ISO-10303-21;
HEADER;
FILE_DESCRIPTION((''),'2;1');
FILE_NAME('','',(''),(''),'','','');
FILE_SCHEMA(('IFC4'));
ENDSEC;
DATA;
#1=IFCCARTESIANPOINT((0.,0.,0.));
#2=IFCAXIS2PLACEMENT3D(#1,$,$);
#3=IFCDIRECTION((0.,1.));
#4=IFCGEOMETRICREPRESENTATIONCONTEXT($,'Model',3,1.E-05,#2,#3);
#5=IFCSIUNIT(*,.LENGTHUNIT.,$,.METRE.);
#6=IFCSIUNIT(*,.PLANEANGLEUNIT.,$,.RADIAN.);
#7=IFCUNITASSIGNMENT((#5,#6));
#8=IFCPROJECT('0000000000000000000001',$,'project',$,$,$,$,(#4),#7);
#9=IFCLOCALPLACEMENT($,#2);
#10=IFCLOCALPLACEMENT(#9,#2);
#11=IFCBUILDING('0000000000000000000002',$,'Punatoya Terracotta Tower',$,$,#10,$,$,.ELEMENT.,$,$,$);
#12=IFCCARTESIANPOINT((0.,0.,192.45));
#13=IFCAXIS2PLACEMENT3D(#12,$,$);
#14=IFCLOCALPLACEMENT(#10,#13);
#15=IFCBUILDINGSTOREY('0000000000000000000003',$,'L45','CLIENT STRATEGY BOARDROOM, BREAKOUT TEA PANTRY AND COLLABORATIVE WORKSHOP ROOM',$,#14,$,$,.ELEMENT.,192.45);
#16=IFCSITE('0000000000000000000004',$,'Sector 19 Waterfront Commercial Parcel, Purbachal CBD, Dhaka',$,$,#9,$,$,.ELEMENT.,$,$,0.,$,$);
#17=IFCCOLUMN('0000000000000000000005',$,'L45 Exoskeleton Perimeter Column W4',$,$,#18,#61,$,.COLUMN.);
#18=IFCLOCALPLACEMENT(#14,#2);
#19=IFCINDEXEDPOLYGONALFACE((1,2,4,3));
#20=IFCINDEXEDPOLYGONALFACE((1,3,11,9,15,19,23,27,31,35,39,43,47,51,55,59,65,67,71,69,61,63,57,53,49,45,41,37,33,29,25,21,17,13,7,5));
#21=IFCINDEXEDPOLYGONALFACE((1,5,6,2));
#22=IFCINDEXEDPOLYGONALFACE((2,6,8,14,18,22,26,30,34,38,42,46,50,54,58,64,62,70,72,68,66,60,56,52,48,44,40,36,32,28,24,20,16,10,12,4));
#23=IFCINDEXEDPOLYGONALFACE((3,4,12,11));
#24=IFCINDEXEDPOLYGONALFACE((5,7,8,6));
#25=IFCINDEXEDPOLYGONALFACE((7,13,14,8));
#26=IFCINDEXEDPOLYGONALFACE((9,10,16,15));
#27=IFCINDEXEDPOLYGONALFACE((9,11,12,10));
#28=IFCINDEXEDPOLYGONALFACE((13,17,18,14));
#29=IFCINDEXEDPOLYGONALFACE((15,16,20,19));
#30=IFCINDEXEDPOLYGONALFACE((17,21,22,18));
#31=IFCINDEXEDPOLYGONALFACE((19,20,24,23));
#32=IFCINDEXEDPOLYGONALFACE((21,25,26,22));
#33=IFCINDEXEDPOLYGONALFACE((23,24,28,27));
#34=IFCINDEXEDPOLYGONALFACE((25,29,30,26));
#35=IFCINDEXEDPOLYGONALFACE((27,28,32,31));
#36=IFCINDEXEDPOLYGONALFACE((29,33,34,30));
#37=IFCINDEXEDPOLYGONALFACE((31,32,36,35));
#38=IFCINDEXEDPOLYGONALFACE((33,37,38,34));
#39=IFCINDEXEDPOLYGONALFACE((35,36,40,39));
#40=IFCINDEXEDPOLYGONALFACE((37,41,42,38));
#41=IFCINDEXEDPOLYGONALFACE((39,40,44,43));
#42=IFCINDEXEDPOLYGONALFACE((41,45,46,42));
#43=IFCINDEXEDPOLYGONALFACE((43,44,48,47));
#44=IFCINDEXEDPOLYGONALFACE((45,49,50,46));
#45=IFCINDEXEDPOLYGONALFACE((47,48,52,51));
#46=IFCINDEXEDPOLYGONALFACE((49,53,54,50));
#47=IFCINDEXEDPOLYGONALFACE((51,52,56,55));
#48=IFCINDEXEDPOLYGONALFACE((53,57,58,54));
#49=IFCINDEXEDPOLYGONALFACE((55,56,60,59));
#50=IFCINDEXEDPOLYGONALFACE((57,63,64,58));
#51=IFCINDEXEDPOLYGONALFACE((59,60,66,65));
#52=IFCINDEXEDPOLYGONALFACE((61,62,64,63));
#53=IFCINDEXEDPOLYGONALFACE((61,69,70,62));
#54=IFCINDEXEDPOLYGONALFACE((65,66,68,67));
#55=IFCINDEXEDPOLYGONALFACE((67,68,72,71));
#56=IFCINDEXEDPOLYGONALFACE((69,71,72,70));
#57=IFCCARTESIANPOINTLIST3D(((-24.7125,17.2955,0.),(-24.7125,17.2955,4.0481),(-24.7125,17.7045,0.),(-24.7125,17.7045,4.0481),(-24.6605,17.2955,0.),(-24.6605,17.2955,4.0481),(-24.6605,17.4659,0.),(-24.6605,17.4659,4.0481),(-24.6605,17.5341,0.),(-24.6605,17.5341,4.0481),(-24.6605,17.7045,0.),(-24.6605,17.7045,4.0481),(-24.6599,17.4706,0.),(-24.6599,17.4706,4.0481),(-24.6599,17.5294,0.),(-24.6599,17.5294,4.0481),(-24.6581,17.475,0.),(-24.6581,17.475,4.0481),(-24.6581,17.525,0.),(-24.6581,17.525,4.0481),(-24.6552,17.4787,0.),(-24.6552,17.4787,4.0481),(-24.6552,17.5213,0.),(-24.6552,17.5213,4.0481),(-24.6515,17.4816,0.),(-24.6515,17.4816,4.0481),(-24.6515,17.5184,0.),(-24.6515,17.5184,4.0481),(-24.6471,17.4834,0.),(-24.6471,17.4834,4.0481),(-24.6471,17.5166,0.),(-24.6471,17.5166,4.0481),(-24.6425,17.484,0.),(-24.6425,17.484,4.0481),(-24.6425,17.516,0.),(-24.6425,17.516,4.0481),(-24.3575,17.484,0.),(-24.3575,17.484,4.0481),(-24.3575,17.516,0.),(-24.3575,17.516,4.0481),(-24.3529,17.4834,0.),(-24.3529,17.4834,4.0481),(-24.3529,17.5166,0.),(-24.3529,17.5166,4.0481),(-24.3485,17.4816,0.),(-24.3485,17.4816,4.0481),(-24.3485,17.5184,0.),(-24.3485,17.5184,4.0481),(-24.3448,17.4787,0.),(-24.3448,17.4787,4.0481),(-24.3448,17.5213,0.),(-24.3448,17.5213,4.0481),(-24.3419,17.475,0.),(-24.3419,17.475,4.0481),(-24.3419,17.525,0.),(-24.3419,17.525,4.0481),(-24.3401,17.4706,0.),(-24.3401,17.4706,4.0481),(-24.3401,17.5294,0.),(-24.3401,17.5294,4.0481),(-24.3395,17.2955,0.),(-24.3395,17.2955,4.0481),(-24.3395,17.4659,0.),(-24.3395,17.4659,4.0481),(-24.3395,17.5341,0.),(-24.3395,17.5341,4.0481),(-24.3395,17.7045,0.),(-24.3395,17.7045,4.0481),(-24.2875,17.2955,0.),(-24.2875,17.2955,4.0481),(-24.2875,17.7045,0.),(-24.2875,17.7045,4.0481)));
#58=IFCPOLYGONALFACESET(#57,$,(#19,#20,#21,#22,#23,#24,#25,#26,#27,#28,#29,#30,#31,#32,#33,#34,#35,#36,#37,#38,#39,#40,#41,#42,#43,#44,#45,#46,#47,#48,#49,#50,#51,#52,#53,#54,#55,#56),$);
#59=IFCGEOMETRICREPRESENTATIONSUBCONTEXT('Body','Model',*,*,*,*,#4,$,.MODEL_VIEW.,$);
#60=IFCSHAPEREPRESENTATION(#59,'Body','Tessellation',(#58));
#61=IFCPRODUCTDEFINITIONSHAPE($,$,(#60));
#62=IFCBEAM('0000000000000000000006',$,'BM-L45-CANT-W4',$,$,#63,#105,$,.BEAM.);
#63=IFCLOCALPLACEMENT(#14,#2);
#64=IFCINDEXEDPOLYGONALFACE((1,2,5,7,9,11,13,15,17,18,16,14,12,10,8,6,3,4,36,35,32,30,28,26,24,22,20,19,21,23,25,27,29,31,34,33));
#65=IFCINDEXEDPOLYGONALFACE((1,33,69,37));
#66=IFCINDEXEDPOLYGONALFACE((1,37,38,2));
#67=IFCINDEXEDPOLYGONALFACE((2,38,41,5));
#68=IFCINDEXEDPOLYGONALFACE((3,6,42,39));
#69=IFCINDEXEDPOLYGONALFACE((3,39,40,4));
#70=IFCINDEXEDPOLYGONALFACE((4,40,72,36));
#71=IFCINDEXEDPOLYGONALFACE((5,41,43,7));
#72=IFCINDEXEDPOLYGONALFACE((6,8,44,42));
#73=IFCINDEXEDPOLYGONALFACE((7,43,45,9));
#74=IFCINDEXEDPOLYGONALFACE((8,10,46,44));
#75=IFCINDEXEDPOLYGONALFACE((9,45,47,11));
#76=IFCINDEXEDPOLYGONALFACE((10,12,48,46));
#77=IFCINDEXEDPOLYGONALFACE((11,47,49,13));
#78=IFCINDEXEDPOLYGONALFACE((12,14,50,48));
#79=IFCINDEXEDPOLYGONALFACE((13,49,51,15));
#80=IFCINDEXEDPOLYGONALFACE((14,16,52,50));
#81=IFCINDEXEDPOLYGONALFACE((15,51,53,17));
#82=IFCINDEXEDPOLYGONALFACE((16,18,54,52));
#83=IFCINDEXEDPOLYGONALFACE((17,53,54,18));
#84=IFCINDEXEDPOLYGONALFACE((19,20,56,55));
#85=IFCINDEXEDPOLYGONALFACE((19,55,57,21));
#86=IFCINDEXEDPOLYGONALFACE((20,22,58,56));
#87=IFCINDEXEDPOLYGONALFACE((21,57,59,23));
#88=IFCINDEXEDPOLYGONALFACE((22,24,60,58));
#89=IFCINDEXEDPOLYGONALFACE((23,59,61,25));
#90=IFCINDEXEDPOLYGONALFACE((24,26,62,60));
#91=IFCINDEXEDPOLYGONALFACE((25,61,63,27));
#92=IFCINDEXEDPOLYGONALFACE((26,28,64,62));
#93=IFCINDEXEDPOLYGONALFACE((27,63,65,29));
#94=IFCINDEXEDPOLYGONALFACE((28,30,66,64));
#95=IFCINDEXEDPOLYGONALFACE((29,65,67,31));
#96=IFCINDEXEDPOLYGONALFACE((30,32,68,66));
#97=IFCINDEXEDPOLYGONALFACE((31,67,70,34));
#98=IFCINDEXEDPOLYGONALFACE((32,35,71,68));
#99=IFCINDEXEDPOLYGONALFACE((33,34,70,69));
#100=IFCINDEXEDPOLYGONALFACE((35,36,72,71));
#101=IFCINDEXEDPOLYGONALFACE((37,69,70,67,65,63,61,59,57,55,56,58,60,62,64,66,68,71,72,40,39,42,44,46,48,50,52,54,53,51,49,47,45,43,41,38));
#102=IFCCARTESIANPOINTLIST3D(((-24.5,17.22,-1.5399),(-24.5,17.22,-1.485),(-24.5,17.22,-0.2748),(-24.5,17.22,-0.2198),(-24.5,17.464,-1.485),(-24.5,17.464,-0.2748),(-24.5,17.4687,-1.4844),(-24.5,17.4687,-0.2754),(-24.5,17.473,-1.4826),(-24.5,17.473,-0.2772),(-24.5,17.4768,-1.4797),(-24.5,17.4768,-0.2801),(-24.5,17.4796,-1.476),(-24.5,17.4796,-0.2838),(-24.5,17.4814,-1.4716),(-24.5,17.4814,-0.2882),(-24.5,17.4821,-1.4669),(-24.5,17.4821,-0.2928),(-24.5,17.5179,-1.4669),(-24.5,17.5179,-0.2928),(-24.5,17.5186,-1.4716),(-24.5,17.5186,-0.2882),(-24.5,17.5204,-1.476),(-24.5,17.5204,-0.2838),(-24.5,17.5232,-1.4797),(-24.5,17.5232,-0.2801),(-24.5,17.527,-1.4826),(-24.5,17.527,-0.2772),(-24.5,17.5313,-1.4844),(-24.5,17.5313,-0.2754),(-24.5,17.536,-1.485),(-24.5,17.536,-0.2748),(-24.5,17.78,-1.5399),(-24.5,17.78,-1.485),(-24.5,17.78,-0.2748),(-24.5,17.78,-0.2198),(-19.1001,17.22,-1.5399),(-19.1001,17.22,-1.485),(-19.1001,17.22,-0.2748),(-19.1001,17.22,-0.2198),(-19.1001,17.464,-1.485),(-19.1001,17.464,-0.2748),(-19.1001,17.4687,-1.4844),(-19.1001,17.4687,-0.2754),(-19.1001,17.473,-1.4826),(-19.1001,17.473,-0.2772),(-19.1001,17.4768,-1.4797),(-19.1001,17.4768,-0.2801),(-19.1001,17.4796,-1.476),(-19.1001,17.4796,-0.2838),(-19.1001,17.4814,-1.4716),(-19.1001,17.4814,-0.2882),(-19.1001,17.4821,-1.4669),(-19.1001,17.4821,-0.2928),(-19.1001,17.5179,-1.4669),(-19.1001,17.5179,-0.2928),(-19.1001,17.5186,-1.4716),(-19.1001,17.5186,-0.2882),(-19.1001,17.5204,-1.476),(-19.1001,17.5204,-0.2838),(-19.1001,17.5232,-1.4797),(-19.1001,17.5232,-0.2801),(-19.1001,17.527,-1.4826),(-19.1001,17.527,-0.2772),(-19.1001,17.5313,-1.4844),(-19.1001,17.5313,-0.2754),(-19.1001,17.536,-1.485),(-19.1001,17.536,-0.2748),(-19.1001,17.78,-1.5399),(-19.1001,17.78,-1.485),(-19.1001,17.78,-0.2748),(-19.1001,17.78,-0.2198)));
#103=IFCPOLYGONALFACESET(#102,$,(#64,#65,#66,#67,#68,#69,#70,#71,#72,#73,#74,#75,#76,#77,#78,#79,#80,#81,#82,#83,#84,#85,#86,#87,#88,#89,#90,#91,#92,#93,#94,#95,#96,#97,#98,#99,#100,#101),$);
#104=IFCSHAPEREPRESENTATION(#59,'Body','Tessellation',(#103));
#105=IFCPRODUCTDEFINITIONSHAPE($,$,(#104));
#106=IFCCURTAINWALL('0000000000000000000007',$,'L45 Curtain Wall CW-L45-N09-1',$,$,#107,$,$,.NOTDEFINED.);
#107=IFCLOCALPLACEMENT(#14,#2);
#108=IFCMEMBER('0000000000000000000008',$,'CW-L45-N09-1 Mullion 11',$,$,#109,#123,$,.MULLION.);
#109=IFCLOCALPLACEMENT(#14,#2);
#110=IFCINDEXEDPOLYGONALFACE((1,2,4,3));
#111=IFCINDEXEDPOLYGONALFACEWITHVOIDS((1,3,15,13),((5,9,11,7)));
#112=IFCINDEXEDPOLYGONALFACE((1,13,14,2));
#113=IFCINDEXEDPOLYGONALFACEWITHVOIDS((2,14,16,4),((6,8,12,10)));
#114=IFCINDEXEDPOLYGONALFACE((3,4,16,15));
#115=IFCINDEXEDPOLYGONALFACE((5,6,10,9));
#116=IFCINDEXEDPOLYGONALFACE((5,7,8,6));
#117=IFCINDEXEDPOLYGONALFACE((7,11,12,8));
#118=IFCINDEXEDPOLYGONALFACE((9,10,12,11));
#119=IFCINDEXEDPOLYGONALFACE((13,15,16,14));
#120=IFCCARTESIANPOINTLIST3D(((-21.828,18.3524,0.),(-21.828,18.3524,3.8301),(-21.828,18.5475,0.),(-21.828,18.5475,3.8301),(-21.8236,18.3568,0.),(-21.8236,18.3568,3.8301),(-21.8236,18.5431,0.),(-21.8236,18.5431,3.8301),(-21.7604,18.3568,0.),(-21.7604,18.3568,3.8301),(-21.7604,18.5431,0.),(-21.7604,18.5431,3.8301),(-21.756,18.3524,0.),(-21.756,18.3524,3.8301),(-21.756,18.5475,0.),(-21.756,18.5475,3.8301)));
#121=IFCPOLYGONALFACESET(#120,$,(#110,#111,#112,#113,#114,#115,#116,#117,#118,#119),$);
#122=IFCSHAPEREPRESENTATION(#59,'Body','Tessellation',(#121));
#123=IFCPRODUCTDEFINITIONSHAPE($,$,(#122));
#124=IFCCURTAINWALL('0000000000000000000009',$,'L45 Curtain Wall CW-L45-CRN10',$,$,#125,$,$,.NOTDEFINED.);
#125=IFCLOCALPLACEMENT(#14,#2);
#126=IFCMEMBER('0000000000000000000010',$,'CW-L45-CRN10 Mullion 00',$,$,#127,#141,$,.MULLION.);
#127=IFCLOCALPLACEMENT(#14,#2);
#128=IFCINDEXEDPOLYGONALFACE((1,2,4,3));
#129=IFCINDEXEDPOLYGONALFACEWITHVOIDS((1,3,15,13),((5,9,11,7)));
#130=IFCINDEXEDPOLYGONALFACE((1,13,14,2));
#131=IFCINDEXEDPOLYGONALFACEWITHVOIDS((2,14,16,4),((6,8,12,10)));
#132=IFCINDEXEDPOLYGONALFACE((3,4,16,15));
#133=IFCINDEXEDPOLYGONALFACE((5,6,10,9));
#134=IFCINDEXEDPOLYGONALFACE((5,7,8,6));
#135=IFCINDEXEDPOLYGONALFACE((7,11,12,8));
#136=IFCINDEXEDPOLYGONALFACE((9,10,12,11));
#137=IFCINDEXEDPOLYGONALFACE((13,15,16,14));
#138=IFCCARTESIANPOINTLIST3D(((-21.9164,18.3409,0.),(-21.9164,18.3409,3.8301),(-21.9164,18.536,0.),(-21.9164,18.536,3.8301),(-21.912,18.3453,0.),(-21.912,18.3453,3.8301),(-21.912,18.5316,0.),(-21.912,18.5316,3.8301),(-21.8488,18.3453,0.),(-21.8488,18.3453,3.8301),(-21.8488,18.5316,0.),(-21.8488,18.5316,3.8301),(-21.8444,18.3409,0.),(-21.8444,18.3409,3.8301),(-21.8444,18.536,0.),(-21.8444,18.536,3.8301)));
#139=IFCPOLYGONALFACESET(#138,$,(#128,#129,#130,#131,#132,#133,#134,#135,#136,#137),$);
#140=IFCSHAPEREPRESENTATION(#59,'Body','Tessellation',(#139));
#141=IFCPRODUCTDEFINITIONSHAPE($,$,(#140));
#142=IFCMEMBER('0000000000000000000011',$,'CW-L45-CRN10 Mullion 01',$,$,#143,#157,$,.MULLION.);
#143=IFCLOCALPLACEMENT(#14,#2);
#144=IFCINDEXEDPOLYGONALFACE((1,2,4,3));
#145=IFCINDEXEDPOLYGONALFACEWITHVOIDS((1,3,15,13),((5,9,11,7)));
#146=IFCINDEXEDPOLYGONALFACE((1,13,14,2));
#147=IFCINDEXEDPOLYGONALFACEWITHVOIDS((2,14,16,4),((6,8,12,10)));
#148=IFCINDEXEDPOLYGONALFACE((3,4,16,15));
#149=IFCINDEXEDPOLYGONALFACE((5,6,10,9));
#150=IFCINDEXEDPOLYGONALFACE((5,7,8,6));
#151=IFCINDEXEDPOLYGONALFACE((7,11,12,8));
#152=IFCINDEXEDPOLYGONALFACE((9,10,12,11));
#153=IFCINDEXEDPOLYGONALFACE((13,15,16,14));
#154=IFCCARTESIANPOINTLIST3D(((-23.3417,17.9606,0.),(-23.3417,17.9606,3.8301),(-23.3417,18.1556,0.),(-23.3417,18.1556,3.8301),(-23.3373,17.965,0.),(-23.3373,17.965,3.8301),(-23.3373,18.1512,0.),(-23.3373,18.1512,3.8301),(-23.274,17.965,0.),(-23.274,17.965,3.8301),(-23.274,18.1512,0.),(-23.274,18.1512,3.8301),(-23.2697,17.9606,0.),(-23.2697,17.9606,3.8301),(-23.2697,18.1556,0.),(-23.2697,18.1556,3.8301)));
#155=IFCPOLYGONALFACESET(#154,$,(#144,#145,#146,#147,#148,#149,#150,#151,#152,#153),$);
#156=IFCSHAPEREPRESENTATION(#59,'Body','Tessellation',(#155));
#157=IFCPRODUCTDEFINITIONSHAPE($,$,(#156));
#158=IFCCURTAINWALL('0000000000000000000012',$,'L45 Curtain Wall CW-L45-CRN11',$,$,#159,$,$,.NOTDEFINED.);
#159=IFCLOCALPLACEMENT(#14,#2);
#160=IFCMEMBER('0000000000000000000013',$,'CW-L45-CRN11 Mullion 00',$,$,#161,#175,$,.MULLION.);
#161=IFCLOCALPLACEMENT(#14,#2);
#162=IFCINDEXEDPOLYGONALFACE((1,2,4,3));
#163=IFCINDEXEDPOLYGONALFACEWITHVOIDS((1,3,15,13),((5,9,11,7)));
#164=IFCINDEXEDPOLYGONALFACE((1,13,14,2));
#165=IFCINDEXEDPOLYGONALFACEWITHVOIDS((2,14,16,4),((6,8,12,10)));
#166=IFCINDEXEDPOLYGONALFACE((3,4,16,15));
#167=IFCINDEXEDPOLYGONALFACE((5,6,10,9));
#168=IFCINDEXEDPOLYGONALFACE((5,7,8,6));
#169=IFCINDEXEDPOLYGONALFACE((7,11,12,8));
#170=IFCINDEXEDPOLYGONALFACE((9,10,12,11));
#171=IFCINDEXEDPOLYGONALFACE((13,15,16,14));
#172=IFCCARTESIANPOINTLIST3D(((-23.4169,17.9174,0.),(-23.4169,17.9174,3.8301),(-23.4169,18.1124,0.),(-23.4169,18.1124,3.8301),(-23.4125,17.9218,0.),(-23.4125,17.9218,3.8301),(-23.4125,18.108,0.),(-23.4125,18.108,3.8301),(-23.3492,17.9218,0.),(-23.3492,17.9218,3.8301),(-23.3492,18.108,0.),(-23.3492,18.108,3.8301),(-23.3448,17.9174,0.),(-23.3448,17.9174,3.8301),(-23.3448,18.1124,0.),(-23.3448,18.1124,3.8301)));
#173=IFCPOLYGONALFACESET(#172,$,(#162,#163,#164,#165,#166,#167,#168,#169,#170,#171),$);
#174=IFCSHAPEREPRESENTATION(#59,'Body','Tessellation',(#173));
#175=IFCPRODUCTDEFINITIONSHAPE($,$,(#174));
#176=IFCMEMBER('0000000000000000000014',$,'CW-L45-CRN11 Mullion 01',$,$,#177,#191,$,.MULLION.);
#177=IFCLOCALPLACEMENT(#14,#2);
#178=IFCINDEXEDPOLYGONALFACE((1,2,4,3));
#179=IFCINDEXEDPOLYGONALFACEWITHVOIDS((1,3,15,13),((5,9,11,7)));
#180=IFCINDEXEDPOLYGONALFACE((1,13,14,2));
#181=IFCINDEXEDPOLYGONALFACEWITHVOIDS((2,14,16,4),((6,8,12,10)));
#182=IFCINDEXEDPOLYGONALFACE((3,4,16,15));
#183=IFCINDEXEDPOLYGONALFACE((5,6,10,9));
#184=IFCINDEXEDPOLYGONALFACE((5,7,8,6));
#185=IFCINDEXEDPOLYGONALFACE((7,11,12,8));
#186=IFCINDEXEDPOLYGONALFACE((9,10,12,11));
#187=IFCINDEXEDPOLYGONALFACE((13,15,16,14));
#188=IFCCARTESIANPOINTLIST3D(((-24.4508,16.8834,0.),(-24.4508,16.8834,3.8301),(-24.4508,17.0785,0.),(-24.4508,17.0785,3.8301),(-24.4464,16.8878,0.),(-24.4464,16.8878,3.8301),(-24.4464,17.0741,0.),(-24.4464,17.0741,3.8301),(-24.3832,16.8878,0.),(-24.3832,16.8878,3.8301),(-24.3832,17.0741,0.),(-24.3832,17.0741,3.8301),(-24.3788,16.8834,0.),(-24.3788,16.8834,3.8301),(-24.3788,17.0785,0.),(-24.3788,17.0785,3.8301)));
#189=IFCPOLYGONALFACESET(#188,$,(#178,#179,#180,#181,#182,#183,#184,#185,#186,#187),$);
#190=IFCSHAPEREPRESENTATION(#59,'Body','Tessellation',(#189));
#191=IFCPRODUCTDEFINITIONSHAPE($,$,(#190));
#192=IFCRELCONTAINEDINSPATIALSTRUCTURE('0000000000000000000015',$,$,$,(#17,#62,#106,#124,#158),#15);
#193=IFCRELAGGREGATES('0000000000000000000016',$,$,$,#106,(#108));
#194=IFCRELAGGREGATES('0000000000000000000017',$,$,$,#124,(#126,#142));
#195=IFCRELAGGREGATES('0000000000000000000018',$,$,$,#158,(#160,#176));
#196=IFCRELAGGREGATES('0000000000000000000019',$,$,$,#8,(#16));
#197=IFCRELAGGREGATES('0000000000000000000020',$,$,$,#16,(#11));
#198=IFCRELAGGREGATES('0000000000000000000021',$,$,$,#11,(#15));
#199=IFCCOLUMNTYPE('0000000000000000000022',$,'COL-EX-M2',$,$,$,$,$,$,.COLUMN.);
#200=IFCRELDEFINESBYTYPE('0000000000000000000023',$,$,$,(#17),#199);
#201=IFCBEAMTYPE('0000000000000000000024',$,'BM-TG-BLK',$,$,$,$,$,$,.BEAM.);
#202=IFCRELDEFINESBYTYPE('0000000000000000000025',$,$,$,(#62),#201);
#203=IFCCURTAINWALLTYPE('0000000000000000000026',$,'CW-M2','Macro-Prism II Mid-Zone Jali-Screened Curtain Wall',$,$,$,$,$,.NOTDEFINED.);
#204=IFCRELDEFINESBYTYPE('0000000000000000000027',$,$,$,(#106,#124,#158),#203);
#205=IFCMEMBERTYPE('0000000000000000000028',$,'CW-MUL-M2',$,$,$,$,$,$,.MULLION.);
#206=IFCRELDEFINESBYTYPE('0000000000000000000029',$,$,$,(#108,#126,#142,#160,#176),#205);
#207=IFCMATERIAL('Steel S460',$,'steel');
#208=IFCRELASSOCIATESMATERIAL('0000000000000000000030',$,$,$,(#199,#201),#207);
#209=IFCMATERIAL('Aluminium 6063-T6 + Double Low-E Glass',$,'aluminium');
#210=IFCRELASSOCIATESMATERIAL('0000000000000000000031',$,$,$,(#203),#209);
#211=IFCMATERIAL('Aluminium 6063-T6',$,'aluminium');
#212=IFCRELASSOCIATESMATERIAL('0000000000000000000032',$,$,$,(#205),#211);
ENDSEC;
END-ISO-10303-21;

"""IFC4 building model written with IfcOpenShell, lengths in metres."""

from ifc_helpers import new_model, si_unit, direction, frame, origin, origin_2d, place, context, subcontext, project, spatial, hollow_rectangle, i_section, extrude, material, material_profile, profile_set, type_object, element, aggregate, save


model = new_model("IFC4")

# Units and contexts
model_context = context("Model", 3, precision=1e-05, world=origin(), true_north=direction((0.0, 1.0)))
body_context = subcontext(model_context, "Body", "Model", "MODEL_VIEW")
ifc_project = project(units=[si_unit("LENGTHUNIT", "METRE"), si_unit("PLANEANGLEUNIT", "RADIAN")], contexts=[model_context])

# Site, building, storey
site_placement = place(None, origin())
site = spatial("IfcSite", under=ifc_project, at=site_placement, Name="Sector 19 Waterfront Commercial Parcel, Purbachal CBD, Dhaka", CompositionType="ELEMENT", RefElevation=0.0)
building_placement = place(site_placement, origin())
building = spatial("IfcBuilding", under=site, at=building_placement, Name="Punatoya Terracotta Tower", CompositionType="ELEMENT")
storey_placement = place(building_placement, frame((0.0, 0.0, 192.45)))
storey = spatial("IfcBuildingStorey", under=building, at=storey_placement, Name="L45", Description="CLIENT STRATEGY BOARDROOM, BREAKOUT TEA PANTRY AND COLLABORATIVE WORKSHOP ROOM", CompositionType="ELEMENT", Elevation=192.45)

# Column
ifc_material_1 = material(Name="Steel S460", Category="steel")
ifc_material_profile_1 = material_profile(ifc_material_1, i_section(OverallWidth=0.4089, OverallDepth=0.425, WebThickness=0.032, FlangeThickness=0.052, FilletRadius=0.0181, at=origin_2d()))
ifc_profile_set_1 = profile_set([ifc_material_profile_1], Name="Steel S460")
column_type = type_object("IfcColumnType", Name="COL-EX-M2", PredefinedType="COLUMN", material=ifc_profile_set_1)
column_placement = place(storey_placement, frame((-24.5, 17.5, 0.0), z_axis=(0.0, 0.0, 1.0), x_axis=(0.0, 1.0, 0.0)))
element("IfcColumn", 1, at=column_placement, inside=storey, type_object=column_type, Name="L45 Exoskeleton Perimeter Column W4", PredefinedType="COLUMN", context=body_context, shape_type="SweptSolid", body=[
    extrude(i_section(OverallWidth=0.4089, OverallDepth=0.425, WebThickness=0.032, FlangeThickness=0.052, FilletRadius=0.0181, at=origin_2d()), origin(), (0.0, 0.0, 1.0), 4.0481),
])

# Beam
ifc_material_profile_2 = material_profile(ifc_material_1, i_section(OverallWidth=0.5601, OverallDepth=1.3201, WebThickness=0.0359, FlangeThickness=0.0549, FilletRadius=0.0181, at=origin_2d()))
ifc_profile_set_2 = profile_set([ifc_material_profile_2], Name="Steel S460")
beam_type = type_object("IfcBeamType", Name="BM-TG-BLK", PredefinedType="BEAM", material=ifc_profile_set_2)
beam_placement = place(storey_placement, frame((-24.5, 17.5, -0.8799), z_axis=(1.0, 0.0, 0.0), x_axis=(0.0, 1.0, 0.0)))
element("IfcBeam", 2, at=beam_placement, inside=storey, type_object=beam_type, Name="BM-L45-CANT-W4", PredefinedType="BEAM", context=body_context, shape_type="SweptSolid", body=[
    extrude(i_section(OverallWidth=0.5601, OverallDepth=1.3201, WebThickness=0.0359, FlangeThickness=0.0549, FilletRadius=0.0181, at=origin_2d()), origin(), (0.0, 0.0, 1.0), 5.3999),
])

# Curtain wall, member
ifc_material_2 = material(Name="Aluminium 6063-T6 + Double Low-E Glass", Category="aluminium")
curtain_wall_type = type_object("IfcCurtainWallType", Name="CW-M2", Description="Macro-Prism II Mid-Zone Jali-Screened Curtain Wall", PredefinedType="NOTDEFINED", material=ifc_material_2)
curtain_wall_1_placement = place(storey_placement, origin())
curtain_wall_1 = element("IfcCurtainWall", 3, at=curtain_wall_1_placement, inside=storey, type_object=curtain_wall_type, Name="L45 Curtain Wall CW-L45-N09-1", PredefinedType="NOTDEFINED")
ifc_material_3 = material(Name="Aluminium 6063-T6", Category="aluminium")
ifc_material_profile_3 = material_profile(ifc_material_3, hollow_rectangle(XDim=0.072, YDim=0.1951, WallThickness=0.0044, at=origin_2d()))
ifc_profile_set_3 = profile_set([ifc_material_profile_3], Name="Aluminium 6063-T6")
member_type_1 = type_object("IfcMemberType", Name="CW-MUL-M2", PredefinedType="MULLION", material=ifc_profile_set_3)
member_1_placement = place(storey_placement, frame((-21.792, 18.45, 0.0), z_axis=(0.0, 0.0, 1.0), x_axis=(1.0, 0.0, 0.0)))
member_1 = element("IfcMember", 4, at=member_1_placement, type_object=member_type_1, Name="CW-L45-N09-1 Mullion 11", PredefinedType="MULLION", context=body_context, shape_type="SweptSolid", body=[
    extrude(hollow_rectangle(XDim=0.072, YDim=0.1951, WallThickness=0.0044, at=origin_2d()), origin(), (0.0, 0.0, 1.0), 3.8301),
])

# Curtain walls, members
curtain_wall_2_placement = place(storey_placement, origin())
curtain_wall_2 = element("IfcCurtainWall", 5, at=curtain_wall_2_placement, inside=storey, type_object=curtain_wall_type, Name="L45 Curtain Wall CW-L45-CRN10", PredefinedType="NOTDEFINED")
member_2_placement = place(storey_placement, frame((-21.8804, 18.4385, 0.0), z_axis=(0.0, 0.0, 1.0), x_axis=(1.0, 0.0, 0.0)))
member_2 = element("IfcMember", 6, at=member_2_placement, type_object=member_type_1, Name="CW-L45-CRN10 Mullion 00", PredefinedType="MULLION", context=body_context, shape_type="SweptSolid", body=[
    extrude(hollow_rectangle(XDim=0.072, YDim=0.1951, WallThickness=0.0044, at=origin_2d()), origin(), (0.0, 0.0, 1.0), 3.8301),
])
member_3_placement = place(storey_placement, frame((-23.3057, 18.0581, 0.0), z_axis=(0.0, 0.0, 1.0), x_axis=(1.0, 0.0, 0.0)))
member_3 = element("IfcMember", 7, at=member_3_placement, type_object=member_type_1, Name="CW-L45-CRN10 Mullion 01", PredefinedType="MULLION", context=body_context, shape_type="SweptSolid", body=[
    extrude(hollow_rectangle(XDim=0.072, YDim=0.1951, WallThickness=0.0044, at=origin_2d()), origin(), (0.0, 0.0, 1.0), 3.8301),
])
curtain_wall_3_placement = place(storey_placement, origin())
curtain_wall_3 = element("IfcCurtainWall", 8, at=curtain_wall_3_placement, inside=storey, type_object=curtain_wall_type, Name="L45 Curtain Wall CW-L45-CRN11", PredefinedType="NOTDEFINED")
member_4_placement = place(storey_placement, frame((-23.3809, 18.0149, 0.0), z_axis=(0.0, 0.0, 1.0), x_axis=(1.0, 0.0, 0.0)))
member_4 = element("IfcMember", 9, at=member_4_placement, type_object=member_type_1, Name="CW-L45-CRN11 Mullion 00", PredefinedType="MULLION", context=body_context, shape_type="SweptSolid", body=[
    extrude(hollow_rectangle(XDim=0.072, YDim=0.1951, WallThickness=0.0044, at=origin_2d()), origin(), (0.0, 0.0, 1.0), 3.8301),
])
member_5_placement = place(storey_placement, frame((-24.4148, 16.981, 0.0), z_axis=(0.0, 0.0, 1.0), x_axis=(1.0, 0.0, 0.0)))
member_5 = element("IfcMember", 10, at=member_5_placement, type_object=member_type_1, Name="CW-L45-CRN11 Mullion 01", PredefinedType="MULLION", context=body_context, shape_type="SweptSolid", body=[
    extrude(hollow_rectangle(XDim=0.072, YDim=0.1951, WallThickness=0.0044, at=origin_2d()), origin(), (0.0, 0.0, 1.0), 3.8301),
])

aggregate(curtain_wall_1, [member_1])
aggregate(curtain_wall_2, [member_2, member_3])
aggregate(curtain_wall_3, [member_4, member_5])

save(model, "model.ifc")
